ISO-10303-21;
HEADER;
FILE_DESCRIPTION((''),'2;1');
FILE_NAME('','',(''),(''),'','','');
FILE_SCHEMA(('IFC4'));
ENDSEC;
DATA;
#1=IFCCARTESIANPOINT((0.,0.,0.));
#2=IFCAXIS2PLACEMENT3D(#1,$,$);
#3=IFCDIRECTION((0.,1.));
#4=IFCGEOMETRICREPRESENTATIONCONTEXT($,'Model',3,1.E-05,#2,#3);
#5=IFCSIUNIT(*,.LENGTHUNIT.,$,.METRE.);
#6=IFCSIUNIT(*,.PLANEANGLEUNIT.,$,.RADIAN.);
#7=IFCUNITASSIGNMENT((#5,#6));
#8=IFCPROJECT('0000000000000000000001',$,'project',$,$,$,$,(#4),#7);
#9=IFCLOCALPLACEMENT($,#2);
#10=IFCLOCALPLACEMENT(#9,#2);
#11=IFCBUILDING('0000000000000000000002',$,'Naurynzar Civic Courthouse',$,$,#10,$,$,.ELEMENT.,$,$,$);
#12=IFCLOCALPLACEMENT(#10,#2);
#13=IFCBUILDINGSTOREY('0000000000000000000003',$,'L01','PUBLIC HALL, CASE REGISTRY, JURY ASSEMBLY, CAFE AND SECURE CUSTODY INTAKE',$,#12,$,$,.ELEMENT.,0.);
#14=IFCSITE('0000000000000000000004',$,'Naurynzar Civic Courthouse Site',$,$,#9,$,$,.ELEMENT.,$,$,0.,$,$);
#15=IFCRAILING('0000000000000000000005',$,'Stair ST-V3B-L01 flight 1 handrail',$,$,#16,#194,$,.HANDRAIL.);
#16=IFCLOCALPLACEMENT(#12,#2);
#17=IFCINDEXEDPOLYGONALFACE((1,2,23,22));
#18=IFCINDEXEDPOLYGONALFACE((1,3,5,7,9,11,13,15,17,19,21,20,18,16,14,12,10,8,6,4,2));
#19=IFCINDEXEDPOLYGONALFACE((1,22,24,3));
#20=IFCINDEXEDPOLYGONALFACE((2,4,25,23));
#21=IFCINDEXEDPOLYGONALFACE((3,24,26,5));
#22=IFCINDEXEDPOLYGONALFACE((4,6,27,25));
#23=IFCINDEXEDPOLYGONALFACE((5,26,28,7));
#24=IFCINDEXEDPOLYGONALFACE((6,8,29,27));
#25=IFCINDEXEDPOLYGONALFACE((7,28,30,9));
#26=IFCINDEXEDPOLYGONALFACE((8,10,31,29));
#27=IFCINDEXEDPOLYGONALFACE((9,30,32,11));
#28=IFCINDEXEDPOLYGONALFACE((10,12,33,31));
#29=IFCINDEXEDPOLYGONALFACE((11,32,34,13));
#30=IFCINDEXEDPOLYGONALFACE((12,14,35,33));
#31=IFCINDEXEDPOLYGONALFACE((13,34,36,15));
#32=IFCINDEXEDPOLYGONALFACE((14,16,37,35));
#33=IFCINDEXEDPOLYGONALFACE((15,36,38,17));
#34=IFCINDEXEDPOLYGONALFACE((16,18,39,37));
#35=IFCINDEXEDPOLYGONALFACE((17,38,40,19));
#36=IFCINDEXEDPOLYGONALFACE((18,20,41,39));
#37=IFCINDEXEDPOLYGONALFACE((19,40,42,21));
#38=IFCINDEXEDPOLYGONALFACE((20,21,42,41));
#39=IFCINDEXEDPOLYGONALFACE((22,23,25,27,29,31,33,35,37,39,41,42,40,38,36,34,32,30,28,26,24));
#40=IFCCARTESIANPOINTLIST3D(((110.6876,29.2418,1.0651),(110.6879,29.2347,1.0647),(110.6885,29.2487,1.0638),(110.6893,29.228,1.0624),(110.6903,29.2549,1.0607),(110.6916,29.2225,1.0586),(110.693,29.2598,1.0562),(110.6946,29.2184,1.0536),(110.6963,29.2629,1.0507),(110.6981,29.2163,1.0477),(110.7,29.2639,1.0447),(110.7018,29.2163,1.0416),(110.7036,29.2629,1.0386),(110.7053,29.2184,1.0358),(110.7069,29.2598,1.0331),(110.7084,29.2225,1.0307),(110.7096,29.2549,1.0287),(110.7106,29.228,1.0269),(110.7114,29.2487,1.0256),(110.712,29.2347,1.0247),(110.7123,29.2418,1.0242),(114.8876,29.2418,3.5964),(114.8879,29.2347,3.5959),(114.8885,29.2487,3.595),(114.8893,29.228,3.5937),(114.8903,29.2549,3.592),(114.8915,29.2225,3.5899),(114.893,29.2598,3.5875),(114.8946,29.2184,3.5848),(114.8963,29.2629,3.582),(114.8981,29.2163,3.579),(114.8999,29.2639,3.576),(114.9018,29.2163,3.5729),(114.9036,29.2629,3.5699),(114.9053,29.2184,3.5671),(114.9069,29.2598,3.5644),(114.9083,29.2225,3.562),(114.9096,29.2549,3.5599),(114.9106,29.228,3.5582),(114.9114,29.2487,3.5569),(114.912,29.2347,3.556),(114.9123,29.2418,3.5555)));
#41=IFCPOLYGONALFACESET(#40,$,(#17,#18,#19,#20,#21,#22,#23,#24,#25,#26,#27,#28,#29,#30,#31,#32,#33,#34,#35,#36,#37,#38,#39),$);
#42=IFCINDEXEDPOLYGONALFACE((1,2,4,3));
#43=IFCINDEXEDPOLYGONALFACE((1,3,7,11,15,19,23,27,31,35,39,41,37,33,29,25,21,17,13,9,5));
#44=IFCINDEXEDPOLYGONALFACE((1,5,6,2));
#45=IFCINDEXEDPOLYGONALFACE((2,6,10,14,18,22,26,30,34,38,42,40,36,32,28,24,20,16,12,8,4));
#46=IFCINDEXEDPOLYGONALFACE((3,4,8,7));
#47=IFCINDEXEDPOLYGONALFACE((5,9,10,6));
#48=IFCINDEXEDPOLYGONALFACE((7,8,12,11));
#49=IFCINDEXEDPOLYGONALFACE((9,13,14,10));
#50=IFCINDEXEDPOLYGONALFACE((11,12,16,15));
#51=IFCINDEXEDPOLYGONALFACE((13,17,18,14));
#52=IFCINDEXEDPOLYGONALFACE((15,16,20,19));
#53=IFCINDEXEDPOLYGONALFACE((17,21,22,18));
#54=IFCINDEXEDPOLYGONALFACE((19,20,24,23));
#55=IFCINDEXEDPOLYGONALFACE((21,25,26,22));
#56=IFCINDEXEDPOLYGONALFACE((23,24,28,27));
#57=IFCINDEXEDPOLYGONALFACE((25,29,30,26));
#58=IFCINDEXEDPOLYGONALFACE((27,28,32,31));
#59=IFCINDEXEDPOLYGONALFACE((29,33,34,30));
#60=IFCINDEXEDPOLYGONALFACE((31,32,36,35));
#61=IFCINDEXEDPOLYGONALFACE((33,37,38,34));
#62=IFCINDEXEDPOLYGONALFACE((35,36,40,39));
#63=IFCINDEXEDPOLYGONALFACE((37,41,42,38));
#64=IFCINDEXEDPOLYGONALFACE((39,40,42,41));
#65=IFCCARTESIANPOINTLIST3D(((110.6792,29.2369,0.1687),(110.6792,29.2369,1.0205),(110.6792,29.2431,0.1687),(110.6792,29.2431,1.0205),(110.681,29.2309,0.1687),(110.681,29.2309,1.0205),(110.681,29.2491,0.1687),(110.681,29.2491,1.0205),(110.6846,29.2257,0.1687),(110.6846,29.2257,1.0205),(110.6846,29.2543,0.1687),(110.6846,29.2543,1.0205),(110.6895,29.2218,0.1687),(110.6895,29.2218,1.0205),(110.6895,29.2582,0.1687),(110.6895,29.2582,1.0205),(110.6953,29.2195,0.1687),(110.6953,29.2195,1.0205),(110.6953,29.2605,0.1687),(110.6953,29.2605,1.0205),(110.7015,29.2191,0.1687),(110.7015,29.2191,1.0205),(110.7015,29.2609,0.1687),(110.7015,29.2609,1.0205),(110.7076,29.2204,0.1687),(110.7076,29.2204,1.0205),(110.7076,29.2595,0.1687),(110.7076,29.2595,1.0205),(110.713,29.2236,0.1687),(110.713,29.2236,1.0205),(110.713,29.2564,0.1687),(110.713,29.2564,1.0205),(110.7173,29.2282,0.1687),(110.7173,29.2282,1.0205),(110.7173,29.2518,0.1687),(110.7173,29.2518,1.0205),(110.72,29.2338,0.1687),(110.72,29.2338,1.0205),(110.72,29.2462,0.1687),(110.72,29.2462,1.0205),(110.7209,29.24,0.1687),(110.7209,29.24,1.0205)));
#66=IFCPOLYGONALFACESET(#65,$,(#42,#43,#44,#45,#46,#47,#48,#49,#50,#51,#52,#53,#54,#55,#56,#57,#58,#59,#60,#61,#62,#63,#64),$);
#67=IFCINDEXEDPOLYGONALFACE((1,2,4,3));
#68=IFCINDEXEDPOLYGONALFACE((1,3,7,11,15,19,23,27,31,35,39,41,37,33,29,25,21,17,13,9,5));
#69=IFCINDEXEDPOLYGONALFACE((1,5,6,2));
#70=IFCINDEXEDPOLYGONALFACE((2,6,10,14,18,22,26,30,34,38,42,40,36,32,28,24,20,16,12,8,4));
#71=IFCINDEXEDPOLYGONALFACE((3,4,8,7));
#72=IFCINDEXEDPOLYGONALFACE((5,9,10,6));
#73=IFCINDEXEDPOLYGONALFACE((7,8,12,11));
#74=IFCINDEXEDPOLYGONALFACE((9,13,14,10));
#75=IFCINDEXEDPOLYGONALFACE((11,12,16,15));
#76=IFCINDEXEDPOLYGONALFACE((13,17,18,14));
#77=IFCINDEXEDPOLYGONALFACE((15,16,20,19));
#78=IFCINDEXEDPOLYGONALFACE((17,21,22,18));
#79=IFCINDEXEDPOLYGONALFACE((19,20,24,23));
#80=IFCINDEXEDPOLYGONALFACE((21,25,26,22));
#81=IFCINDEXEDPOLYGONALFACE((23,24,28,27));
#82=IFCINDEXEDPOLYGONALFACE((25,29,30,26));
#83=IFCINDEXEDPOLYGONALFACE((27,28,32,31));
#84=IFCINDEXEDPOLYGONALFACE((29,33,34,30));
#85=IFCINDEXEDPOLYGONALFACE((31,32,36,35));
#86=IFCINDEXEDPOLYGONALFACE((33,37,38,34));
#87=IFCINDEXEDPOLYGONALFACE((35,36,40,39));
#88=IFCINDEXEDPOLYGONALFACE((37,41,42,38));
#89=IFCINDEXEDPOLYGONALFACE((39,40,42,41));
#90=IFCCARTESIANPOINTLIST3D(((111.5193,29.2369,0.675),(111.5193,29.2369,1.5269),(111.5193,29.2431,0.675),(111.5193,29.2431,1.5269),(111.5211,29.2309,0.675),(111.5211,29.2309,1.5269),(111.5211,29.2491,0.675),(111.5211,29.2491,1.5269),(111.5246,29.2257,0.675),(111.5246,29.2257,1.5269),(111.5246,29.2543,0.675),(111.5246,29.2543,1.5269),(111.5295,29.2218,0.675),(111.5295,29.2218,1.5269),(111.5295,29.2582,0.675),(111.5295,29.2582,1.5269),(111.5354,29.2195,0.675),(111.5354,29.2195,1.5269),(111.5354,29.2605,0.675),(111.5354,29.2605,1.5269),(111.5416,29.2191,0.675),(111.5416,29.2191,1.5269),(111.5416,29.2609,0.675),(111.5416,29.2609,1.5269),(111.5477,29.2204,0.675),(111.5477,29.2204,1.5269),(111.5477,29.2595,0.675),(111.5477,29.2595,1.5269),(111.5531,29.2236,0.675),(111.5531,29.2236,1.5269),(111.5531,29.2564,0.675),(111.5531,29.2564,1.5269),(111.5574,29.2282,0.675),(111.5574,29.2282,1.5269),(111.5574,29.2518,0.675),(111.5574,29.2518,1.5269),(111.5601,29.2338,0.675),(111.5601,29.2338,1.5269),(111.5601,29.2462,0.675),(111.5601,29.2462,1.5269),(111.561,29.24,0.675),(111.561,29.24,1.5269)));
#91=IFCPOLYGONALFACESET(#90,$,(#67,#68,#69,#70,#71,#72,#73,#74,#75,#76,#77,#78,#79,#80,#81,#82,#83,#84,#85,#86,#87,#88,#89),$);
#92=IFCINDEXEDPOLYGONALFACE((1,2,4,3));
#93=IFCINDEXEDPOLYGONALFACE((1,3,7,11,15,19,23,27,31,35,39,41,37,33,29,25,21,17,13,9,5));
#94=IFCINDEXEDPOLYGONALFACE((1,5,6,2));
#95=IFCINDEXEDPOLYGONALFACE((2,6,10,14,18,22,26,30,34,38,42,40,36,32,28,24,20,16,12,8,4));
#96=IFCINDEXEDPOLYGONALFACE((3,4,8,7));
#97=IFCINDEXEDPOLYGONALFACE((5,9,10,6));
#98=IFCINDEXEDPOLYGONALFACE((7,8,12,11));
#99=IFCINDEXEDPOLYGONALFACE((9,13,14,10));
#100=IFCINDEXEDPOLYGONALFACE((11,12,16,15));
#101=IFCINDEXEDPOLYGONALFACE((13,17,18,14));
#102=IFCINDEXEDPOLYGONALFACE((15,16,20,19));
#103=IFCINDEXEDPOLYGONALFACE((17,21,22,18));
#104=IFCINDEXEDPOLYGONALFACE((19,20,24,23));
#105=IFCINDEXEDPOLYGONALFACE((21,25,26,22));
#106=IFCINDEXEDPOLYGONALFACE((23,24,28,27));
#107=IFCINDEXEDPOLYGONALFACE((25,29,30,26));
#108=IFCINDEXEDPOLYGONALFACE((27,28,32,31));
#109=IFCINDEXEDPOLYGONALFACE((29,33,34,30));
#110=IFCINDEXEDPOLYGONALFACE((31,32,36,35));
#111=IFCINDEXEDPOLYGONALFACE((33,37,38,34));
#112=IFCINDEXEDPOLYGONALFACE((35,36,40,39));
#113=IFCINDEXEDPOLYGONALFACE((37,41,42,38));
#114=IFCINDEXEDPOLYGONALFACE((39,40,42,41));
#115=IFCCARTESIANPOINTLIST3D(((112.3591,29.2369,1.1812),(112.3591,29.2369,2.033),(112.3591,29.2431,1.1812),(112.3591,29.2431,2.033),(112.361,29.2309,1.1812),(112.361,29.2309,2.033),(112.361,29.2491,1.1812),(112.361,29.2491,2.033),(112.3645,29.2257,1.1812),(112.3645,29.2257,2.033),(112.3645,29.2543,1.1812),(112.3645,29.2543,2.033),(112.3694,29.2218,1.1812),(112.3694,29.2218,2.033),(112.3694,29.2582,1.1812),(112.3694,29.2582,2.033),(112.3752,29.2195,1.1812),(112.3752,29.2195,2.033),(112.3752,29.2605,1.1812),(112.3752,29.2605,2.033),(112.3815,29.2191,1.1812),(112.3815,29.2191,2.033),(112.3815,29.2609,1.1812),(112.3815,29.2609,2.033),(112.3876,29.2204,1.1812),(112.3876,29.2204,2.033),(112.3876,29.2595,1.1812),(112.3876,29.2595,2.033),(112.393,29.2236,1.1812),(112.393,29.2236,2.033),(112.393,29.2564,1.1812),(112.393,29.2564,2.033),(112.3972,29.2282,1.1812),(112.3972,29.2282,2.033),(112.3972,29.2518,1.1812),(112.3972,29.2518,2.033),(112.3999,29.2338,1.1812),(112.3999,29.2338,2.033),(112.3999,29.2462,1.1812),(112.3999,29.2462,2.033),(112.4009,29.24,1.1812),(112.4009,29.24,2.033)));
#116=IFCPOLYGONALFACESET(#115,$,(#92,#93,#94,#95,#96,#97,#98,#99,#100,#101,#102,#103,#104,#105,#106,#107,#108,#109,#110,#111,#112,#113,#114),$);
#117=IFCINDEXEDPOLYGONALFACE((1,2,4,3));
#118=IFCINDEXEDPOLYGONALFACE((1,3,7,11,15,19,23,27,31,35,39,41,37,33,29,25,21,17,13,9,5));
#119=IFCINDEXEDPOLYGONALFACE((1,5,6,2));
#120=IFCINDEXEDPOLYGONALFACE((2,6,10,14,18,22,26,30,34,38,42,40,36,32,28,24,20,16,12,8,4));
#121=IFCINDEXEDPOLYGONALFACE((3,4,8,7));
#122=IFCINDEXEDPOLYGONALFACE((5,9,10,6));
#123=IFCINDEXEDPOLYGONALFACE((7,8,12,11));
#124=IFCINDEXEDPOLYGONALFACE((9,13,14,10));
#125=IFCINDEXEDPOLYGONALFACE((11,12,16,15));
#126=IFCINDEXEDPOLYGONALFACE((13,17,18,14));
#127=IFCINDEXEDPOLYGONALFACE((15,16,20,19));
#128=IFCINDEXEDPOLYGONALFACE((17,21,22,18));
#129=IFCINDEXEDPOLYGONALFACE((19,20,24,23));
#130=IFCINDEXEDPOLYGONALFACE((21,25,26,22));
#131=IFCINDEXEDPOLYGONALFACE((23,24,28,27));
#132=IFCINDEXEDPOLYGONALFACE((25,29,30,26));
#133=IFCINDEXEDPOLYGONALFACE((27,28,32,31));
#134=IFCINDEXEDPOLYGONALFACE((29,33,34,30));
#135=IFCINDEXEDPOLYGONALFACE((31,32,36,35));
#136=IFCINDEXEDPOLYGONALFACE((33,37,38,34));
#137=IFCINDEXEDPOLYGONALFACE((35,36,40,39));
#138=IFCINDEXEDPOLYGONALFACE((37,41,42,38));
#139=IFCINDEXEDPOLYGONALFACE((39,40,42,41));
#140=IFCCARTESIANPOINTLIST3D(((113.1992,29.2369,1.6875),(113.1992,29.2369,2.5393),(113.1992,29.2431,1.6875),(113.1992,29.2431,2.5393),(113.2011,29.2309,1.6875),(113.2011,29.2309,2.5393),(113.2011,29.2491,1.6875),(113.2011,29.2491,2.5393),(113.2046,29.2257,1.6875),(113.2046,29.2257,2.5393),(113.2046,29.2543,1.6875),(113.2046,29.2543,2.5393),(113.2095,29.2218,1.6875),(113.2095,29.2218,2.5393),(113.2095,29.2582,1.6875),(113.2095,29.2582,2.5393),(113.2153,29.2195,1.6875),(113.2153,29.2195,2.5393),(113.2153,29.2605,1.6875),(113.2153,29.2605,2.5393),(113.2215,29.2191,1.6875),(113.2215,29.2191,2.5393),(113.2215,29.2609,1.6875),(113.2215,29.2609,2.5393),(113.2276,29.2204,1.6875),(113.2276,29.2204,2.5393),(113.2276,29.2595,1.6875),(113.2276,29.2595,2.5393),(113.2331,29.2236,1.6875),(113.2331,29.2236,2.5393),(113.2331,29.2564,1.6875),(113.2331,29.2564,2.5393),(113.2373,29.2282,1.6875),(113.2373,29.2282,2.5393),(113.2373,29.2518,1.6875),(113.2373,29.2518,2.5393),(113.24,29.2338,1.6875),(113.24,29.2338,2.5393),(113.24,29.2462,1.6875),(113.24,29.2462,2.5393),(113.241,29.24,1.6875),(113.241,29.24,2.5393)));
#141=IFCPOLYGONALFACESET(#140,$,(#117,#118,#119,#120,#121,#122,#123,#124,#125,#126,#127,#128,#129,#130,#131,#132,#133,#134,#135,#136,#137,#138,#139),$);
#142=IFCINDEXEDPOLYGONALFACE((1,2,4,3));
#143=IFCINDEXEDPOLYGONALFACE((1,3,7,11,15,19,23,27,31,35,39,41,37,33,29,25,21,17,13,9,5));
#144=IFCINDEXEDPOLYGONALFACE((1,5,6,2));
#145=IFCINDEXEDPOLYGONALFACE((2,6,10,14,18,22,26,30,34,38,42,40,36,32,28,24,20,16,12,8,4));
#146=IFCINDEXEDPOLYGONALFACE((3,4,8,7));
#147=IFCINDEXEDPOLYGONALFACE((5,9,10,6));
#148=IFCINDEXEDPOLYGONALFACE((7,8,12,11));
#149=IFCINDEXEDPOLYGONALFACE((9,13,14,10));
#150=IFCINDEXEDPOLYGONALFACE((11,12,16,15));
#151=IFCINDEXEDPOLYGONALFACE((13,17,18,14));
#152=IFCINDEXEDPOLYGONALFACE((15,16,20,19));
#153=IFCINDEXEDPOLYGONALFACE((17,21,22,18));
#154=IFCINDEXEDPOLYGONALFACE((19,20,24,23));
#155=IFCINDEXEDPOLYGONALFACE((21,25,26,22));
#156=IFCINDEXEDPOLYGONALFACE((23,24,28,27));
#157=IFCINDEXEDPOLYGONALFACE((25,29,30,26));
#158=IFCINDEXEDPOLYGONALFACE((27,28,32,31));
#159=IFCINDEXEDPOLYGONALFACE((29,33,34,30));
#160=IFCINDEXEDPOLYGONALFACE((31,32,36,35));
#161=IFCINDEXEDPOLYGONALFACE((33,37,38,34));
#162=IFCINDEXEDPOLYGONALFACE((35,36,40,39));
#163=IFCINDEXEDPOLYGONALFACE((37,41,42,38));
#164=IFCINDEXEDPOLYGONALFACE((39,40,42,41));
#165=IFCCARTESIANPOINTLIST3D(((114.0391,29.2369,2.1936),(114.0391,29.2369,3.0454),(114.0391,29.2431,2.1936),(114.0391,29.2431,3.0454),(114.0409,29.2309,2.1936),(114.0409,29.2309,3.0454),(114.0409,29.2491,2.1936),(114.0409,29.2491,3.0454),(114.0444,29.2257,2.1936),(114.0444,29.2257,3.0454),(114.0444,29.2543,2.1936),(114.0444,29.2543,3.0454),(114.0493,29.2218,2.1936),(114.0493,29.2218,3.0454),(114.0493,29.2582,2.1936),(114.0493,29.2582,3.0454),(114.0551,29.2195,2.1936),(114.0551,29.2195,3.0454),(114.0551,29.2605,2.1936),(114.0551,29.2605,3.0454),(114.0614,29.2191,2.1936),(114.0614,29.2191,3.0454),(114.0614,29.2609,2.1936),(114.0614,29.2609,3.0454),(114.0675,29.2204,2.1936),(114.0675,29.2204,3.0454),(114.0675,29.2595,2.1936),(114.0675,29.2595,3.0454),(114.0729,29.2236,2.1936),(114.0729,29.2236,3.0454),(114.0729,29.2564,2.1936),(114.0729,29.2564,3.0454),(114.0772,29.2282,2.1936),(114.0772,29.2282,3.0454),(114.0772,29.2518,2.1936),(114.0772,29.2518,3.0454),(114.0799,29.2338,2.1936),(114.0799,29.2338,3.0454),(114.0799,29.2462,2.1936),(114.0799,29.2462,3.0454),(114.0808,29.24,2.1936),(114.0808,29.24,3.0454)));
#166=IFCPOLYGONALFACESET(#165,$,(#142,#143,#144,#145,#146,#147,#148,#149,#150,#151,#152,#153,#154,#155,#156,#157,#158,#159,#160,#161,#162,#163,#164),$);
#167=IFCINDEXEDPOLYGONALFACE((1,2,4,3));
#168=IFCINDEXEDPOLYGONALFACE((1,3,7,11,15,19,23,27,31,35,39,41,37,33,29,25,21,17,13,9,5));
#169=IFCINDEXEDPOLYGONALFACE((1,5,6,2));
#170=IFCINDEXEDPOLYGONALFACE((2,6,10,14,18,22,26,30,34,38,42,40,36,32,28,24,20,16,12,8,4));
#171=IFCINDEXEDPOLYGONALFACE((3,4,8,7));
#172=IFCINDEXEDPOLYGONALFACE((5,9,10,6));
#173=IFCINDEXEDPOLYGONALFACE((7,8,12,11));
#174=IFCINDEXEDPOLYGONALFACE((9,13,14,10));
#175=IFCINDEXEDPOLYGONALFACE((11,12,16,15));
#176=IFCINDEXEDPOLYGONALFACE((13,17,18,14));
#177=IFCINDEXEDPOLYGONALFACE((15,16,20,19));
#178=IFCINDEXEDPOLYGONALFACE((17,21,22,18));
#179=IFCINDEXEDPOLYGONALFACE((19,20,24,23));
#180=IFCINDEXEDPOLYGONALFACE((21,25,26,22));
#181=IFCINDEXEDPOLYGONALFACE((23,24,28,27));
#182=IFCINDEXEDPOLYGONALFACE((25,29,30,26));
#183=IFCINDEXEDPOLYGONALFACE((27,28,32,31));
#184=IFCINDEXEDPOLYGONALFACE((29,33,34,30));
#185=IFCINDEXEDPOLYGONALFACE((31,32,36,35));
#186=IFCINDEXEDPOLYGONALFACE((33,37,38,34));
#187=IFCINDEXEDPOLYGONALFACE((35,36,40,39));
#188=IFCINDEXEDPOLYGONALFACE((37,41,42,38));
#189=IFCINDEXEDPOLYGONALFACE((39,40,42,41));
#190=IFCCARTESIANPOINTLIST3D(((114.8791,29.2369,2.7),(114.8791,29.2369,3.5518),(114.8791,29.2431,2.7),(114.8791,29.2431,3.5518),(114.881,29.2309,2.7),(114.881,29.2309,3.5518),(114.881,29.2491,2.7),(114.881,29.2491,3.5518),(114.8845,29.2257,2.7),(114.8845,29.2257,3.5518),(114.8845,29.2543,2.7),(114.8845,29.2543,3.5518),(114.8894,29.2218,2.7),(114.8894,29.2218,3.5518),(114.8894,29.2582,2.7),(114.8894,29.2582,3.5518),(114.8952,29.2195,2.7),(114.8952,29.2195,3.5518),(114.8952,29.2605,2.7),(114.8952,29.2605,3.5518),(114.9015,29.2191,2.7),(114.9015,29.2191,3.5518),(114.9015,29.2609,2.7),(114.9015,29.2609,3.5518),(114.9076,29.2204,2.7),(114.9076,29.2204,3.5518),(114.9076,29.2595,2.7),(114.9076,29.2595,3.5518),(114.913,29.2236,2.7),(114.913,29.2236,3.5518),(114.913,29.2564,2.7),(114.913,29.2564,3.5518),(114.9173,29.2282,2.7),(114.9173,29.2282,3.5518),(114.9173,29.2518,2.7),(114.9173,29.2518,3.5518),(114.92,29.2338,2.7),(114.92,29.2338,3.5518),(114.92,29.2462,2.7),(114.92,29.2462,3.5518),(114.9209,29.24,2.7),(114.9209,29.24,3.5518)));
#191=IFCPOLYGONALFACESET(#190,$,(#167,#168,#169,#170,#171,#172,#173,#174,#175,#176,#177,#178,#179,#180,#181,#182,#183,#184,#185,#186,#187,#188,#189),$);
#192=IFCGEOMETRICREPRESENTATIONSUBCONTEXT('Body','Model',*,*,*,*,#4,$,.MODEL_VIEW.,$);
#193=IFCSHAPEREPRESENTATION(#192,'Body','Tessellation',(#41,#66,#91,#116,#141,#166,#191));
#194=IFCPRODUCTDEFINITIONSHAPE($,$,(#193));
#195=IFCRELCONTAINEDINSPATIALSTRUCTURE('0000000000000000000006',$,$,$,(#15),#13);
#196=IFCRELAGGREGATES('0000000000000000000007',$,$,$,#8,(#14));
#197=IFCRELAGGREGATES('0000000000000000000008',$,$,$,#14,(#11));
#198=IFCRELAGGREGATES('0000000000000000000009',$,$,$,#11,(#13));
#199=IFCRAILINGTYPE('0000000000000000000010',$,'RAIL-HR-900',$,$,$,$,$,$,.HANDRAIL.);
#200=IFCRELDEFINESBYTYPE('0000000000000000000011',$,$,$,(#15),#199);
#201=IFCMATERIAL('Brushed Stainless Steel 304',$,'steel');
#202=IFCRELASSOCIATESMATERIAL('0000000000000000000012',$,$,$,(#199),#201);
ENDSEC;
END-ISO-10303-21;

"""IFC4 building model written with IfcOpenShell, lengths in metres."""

from ifc_helpers import new_model, si_unit, direction, frame, origin, origin_2d, place, context, subcontext, project, spatial, circle, extrude, material, type_object, element, save


model = new_model("IFC4")

# Units and contexts
model_context = context("Model", 3, precision=1e-05, world=origin(), true_north=direction((0.0, 1.0)))
body_context = subcontext(model_context, "Body", "Model", "MODEL_VIEW")
ifc_project = project(units=[si_unit("LENGTHUNIT", "METRE"), si_unit("PLANEANGLEUNIT", "RADIAN")], contexts=[model_context])

# Site, building, storey
site_placement = place(None, origin())
site = spatial("IfcSite", under=ifc_project, at=site_placement, Name="Naurynzar Civic Courthouse Site", CompositionType="ELEMENT", RefElevation=0.0)
building_placement = place(site_placement, origin())
building = spatial("IfcBuilding", under=site, at=building_placement, Name="Naurynzar Civic Courthouse", CompositionType="ELEMENT")
storey_placement = place(building_placement, origin())
storey = spatial("IfcBuildingStorey", under=building, at=storey_placement, Name="L01", Description="PUBLIC HALL, CASE REGISTRY, JURY ASSEMBLY, CAFE AND SECURE CUSTODY INTAKE", CompositionType="ELEMENT", Elevation=0.0)

# Railing
ifc_material_1 = material(Name="Brushed Stainless Steel 304", Category="steel")
railing_type_1 = type_object("IfcRailingType", Name="RAIL-HR-900", PredefinedType="HANDRAIL", material=ifc_material_1)
railing_1_placement = place(storey_placement, frame((110.7, 29.24, 0.1687)))
element("IfcRailing", 1, at=railing_1_placement, inside=storey, type_object=railing_type_1, Name="Stair ST-V3B-L01 flight 1 handrail", PredefinedType="HANDRAIL", context=body_context, shape_type="SweptSolid", body=[
    extrude(circle(Radius=0.0239, at=origin_2d()), frame((0.0, 0.0, 0.876), z_axis=(0.856476, 0.0, 0.516186), x_axis=(0.0, 1.0, 0.0)), (0.0, 0.0, 1.0), 4.9038),
    extrude(circle(Radius=0.021, at=origin_2d()), origin(), (0.0, 0.0, 1.0), 0.8518),
    extrude(circle(Radius=0.021, at=origin_2d()), frame((0.8401, 0.0, 0.5063)), (0.0, 0.0, 1.0), 0.8518),
    extrude(circle(Radius=0.021, at=origin_2d()), frame((1.6799, 0.0, 1.0125)), (0.0, 0.0, 1.0), 0.8518),
    extrude(circle(Radius=0.021, at=origin_2d()), frame((2.52, 0.0, 1.5188)), (0.0, 0.0, 1.0), 0.8518),
    extrude(circle(Radius=0.021, at=origin_2d()), frame((3.3599, 0.0, 2.0249)), (0.0, 0.0, 1.0), 0.8518),
    extrude(circle(Radius=0.021, at=origin_2d()), frame((4.2, 0.0, 2.5312)), (0.0, 0.0, 1.0), 0.8518),
])

save(model, "model.ifc")
